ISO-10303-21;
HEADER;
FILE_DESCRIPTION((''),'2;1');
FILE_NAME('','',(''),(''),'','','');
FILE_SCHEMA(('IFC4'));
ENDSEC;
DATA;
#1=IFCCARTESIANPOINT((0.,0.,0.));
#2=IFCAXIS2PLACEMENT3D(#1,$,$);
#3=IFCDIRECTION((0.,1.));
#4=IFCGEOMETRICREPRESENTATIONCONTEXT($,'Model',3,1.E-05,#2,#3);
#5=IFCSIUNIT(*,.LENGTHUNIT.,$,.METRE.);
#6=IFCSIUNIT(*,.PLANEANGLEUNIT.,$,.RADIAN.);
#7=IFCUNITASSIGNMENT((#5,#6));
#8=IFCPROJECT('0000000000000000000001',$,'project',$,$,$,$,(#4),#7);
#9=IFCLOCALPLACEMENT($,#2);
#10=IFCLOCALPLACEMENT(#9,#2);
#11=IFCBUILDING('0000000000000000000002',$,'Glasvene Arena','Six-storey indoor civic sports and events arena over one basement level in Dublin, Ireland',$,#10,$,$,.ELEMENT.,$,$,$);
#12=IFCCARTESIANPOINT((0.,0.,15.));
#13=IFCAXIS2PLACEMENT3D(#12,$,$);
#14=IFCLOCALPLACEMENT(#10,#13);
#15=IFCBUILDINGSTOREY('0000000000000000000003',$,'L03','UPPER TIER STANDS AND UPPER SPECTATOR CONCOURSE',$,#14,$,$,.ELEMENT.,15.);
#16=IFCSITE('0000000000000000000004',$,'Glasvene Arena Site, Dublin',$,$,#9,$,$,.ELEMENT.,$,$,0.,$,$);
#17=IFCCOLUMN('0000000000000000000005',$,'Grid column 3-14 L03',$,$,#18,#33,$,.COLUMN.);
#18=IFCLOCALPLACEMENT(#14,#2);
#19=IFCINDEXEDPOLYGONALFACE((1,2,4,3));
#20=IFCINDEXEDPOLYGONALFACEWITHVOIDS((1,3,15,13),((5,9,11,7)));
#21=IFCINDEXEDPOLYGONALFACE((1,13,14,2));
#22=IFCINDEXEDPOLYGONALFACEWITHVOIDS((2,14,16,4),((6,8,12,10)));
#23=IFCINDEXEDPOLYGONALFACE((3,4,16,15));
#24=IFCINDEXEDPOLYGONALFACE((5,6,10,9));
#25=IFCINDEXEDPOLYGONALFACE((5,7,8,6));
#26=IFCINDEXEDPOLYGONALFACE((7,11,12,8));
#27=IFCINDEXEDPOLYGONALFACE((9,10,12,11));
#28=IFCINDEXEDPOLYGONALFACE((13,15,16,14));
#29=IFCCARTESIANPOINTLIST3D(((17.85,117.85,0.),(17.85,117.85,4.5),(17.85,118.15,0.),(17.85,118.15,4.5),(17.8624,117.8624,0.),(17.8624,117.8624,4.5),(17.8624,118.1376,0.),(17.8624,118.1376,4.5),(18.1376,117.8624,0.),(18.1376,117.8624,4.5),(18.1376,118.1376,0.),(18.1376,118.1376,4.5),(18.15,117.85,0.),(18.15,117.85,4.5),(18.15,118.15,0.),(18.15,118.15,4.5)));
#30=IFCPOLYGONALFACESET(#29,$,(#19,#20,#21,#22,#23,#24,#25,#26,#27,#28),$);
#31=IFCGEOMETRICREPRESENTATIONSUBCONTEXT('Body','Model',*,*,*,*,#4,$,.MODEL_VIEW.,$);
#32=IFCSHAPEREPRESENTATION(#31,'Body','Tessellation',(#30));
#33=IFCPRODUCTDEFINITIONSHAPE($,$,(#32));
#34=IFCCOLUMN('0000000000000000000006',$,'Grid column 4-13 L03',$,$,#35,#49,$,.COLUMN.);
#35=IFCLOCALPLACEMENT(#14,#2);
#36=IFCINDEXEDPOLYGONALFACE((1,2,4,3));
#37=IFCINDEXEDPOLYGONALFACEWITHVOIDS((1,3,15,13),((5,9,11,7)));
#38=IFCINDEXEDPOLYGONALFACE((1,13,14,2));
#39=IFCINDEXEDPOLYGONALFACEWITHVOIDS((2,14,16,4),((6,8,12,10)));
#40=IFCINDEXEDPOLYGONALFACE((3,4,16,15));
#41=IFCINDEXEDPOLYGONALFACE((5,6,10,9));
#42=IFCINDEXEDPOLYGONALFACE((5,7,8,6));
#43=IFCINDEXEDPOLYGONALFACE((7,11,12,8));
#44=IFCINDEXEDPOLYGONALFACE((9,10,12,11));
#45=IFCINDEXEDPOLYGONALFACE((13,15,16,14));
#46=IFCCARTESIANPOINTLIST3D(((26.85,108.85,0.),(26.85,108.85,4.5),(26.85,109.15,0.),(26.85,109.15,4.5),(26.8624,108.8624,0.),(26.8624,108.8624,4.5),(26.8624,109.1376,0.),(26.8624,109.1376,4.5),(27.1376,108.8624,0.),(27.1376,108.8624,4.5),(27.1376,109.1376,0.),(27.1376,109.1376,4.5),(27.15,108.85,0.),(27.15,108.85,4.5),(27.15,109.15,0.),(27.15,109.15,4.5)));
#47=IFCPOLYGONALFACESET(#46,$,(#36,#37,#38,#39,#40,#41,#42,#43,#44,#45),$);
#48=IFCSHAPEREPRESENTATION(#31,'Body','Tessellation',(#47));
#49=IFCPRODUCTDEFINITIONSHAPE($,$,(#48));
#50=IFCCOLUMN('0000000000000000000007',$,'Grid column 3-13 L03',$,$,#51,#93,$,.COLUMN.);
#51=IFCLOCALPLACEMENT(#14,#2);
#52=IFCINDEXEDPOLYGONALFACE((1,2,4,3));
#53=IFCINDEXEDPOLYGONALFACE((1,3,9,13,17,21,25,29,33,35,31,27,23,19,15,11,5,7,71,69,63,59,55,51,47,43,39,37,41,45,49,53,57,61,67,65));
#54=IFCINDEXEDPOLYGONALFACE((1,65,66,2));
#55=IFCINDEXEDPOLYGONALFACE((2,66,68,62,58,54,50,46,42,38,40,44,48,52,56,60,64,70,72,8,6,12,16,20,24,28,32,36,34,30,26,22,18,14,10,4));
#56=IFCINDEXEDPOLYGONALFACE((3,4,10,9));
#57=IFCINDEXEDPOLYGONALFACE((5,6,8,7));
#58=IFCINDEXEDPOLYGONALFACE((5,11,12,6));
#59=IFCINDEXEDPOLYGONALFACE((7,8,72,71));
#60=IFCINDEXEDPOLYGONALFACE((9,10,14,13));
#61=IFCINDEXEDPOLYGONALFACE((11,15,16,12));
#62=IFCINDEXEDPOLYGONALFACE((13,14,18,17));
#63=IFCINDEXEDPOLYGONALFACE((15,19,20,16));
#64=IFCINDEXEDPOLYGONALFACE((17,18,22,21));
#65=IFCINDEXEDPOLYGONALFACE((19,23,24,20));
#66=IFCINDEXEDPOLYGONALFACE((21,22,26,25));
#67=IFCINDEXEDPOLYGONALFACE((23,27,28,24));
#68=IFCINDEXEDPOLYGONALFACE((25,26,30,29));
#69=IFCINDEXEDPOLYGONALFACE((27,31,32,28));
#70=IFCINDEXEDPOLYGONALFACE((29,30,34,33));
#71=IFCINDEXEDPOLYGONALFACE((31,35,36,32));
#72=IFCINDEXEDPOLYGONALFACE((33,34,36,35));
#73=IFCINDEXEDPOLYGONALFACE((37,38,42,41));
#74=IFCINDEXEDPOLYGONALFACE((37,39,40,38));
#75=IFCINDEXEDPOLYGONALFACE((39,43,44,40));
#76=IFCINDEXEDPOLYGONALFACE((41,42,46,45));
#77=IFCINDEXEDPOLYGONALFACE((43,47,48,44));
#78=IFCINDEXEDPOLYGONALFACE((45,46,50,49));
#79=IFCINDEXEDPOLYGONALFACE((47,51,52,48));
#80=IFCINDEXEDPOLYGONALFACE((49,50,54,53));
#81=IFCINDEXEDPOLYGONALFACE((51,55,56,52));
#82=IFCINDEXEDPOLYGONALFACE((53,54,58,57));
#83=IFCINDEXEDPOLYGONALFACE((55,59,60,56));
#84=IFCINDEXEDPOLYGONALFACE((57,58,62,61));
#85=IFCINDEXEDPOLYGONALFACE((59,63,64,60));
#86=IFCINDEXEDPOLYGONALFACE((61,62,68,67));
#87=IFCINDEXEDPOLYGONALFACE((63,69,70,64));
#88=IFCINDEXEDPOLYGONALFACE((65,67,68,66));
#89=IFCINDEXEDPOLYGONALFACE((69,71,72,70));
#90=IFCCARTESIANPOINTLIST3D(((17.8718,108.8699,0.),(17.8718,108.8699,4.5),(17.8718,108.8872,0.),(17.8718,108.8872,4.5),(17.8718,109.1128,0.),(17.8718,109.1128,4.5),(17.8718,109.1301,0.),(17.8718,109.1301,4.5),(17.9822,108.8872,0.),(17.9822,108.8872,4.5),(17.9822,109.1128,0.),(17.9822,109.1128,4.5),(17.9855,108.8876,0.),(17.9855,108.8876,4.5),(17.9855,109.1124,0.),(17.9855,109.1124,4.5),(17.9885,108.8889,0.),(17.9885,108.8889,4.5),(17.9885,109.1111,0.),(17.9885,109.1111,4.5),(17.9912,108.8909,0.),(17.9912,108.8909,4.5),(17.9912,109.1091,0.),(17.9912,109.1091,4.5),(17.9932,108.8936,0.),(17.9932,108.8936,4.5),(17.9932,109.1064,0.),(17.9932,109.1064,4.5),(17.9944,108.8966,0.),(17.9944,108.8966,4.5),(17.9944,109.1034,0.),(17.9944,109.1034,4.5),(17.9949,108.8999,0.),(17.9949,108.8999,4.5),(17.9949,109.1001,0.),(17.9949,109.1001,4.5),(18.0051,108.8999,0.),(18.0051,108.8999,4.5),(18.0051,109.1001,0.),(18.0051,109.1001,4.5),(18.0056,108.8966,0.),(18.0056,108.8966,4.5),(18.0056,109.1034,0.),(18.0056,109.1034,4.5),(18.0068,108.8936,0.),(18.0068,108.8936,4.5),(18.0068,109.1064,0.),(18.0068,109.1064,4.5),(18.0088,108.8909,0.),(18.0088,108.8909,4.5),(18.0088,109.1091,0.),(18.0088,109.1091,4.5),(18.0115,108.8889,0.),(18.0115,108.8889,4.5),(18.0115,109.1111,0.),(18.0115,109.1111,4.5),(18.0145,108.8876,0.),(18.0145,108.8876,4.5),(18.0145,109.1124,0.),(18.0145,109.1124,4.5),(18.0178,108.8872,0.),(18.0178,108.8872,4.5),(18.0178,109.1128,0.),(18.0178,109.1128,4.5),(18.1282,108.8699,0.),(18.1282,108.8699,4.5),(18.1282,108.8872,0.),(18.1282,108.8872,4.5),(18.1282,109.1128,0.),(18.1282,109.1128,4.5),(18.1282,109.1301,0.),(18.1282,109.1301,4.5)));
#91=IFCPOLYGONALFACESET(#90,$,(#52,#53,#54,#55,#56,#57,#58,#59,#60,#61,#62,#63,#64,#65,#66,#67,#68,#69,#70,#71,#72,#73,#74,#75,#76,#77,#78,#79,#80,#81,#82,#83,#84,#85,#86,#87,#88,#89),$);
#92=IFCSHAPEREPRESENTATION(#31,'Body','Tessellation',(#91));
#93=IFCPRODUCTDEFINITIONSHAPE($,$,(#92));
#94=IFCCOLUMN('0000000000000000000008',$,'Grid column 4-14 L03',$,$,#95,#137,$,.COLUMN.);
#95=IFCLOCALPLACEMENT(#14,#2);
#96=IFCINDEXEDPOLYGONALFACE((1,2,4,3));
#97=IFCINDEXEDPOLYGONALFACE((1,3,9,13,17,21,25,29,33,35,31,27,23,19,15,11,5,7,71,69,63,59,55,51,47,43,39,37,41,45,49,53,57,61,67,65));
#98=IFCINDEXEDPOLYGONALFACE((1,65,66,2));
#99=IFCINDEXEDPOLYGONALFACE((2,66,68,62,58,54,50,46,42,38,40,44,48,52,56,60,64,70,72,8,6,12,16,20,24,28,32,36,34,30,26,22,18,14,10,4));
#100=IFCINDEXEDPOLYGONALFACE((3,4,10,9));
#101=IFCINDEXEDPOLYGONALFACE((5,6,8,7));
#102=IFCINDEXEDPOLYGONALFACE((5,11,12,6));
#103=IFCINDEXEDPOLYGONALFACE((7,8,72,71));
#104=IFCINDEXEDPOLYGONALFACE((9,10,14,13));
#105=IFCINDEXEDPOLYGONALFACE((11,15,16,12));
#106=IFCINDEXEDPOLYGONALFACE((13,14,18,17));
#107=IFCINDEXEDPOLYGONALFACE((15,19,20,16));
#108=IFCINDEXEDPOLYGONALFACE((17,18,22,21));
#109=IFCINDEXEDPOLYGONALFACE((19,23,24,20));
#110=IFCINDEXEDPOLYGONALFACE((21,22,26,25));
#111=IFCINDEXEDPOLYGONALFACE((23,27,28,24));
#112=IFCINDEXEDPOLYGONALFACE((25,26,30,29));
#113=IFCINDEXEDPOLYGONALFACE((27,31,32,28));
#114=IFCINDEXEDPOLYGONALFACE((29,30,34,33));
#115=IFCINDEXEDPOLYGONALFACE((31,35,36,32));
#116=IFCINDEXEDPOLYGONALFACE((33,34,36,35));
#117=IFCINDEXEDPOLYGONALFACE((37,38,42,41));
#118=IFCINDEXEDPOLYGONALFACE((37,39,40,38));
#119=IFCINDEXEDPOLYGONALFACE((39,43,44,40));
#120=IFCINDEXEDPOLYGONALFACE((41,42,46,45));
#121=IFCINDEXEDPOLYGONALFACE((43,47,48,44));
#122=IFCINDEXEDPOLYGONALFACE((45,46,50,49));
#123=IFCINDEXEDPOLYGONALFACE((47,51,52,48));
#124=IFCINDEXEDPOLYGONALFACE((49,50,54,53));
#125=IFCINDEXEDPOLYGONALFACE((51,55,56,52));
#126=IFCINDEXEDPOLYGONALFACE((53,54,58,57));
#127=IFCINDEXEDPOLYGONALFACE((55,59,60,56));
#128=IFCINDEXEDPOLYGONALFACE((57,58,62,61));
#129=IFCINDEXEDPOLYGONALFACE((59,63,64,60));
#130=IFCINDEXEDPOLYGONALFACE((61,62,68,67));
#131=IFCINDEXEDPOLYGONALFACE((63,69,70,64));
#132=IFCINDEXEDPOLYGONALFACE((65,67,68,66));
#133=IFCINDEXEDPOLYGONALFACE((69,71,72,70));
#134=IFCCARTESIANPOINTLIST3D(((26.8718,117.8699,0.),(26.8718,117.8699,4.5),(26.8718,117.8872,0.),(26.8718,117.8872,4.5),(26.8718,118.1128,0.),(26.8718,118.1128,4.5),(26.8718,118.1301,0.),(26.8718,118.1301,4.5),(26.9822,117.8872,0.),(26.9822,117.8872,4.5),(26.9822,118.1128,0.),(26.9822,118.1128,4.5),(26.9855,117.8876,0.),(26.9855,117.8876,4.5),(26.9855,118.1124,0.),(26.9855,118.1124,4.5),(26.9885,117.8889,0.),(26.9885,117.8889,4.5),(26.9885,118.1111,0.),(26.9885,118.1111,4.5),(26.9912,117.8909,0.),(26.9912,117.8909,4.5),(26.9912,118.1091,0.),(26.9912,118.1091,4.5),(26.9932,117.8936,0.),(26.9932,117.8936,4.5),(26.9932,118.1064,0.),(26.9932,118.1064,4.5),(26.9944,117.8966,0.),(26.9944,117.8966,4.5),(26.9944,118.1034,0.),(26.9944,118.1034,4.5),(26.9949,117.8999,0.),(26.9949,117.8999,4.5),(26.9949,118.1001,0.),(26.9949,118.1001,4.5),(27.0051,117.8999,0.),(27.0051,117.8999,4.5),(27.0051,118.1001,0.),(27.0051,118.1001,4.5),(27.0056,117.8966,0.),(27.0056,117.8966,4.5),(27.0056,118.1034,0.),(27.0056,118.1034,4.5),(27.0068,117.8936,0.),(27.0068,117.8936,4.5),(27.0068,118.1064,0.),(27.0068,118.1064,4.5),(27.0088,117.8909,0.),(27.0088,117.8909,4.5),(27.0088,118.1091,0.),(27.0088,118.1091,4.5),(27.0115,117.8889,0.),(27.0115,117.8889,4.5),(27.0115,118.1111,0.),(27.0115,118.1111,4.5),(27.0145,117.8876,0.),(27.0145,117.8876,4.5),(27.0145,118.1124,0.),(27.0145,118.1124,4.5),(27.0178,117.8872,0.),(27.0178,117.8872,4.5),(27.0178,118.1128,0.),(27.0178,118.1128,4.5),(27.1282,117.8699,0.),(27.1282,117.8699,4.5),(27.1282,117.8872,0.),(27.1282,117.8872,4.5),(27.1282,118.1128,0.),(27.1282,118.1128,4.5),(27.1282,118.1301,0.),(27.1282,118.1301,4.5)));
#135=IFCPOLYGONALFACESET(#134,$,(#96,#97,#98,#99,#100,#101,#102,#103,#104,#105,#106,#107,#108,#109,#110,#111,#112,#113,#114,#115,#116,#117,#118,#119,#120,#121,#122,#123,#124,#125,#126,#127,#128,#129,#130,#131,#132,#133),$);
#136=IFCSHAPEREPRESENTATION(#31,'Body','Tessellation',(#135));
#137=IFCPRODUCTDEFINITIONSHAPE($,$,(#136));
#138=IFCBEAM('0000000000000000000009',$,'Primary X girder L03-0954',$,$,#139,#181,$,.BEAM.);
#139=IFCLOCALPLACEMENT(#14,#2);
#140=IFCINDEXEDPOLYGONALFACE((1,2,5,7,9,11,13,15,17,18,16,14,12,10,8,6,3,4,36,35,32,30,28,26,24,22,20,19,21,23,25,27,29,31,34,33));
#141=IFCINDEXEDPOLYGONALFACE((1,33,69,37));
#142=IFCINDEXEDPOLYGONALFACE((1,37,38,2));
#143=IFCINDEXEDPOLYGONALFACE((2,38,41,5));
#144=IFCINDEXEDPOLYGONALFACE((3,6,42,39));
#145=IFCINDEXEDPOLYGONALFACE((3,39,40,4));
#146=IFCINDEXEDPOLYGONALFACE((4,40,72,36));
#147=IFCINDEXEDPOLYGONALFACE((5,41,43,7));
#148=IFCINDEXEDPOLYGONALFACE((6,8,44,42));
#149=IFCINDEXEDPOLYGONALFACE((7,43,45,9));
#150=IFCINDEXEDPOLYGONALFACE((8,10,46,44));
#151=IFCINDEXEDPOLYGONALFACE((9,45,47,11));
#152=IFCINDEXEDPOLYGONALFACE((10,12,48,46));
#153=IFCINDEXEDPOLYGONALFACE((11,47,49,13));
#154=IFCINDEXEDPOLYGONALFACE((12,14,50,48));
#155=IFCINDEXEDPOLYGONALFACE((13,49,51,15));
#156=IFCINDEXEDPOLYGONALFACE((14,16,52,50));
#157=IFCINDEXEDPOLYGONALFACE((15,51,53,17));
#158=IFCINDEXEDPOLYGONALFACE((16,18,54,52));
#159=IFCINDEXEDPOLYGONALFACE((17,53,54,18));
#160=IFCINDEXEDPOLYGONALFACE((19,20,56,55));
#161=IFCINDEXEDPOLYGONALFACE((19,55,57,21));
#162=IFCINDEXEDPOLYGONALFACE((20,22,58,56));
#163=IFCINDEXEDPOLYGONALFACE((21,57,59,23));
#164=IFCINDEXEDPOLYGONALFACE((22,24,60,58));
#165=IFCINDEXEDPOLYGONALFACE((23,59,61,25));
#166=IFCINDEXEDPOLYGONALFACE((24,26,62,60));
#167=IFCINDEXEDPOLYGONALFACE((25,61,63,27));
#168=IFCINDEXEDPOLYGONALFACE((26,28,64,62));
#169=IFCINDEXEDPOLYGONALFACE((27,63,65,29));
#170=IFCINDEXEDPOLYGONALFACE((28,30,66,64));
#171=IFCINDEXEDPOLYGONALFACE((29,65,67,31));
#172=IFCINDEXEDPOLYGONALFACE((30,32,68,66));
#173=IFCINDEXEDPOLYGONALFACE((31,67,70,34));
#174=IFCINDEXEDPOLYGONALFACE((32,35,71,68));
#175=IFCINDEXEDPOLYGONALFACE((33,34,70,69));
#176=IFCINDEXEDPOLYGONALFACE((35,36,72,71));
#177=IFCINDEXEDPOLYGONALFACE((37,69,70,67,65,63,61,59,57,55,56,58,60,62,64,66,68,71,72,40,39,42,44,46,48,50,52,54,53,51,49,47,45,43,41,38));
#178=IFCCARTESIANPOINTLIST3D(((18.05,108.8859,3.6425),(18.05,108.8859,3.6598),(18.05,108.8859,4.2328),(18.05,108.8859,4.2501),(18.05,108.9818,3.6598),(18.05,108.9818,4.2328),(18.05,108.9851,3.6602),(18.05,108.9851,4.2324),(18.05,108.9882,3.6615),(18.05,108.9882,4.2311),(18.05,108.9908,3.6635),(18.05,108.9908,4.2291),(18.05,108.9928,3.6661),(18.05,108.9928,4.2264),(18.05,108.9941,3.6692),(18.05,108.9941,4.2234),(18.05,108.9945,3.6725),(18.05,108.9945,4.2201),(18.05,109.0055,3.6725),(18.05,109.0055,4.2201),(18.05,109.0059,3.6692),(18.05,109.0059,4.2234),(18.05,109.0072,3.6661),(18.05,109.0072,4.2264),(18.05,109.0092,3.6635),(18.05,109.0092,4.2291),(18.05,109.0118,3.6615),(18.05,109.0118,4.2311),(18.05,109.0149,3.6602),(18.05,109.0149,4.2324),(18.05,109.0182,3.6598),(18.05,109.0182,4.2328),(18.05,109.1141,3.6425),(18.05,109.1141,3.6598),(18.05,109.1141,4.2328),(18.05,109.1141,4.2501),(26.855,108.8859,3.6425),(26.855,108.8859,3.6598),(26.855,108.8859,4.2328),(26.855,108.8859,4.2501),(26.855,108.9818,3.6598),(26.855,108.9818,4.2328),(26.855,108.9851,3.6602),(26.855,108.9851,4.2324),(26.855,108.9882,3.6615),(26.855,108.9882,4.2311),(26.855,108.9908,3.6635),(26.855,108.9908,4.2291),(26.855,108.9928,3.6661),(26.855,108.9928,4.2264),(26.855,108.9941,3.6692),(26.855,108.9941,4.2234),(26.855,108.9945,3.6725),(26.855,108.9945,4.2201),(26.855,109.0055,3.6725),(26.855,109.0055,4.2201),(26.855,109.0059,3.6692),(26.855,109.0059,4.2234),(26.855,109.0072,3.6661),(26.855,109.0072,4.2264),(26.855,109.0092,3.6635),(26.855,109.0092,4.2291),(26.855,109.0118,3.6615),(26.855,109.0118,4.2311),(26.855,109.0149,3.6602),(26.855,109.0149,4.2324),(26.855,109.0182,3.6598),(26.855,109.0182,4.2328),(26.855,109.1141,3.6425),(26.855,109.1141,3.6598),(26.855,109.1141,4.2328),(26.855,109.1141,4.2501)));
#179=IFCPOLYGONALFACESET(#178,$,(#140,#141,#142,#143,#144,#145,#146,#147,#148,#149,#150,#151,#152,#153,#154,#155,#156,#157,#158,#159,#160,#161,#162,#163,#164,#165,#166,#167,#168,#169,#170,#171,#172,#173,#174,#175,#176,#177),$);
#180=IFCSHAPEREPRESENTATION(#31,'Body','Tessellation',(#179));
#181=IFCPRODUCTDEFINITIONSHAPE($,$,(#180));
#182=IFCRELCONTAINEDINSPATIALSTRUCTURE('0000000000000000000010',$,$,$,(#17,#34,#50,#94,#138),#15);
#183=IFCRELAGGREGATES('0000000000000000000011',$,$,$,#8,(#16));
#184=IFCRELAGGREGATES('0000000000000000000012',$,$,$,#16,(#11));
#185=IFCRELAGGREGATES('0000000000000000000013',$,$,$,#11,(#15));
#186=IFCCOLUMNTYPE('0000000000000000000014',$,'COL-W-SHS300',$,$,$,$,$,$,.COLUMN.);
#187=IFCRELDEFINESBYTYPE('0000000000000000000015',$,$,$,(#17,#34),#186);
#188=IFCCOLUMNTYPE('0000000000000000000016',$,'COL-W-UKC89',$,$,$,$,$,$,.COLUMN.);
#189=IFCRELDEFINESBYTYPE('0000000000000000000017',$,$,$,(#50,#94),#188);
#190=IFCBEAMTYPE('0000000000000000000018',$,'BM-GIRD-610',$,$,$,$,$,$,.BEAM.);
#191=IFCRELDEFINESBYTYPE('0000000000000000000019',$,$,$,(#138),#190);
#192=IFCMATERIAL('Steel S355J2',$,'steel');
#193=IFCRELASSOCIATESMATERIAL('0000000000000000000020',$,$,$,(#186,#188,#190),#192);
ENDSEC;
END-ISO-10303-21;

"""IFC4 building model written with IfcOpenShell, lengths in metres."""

from ifc_helpers import new_model, si_unit, direction, frame, origin, origin_2d, place, context, subcontext, project, spatial, hollow_rectangle, i_section, extrude, material, material_profile, profile_set, type_object, element, save


model = new_model("IFC4")

# Units and contexts
model_context = context("Model", 3, precision=1e-05, world=origin(), true_north=direction((0.0, 1.0)))
body_context = subcontext(model_context, "Body", "Model", "MODEL_VIEW")
ifc_project = project(units=[si_unit("LENGTHUNIT", "METRE"), si_unit("PLANEANGLEUNIT", "RADIAN")], contexts=[model_context])

# Site, building, storey
site_placement = place(None, origin())
site = spatial("IfcSite", under=ifc_project, at=site_placement, Name="Glasvene Arena Site, Dublin", CompositionType="ELEMENT", RefElevation=0.0)
building_placement = place(site_placement, origin())
building = spatial("IfcBuilding", under=site, at=building_placement, Name="Glasvene Arena", Description="Six-storey indoor civic sports and events arena over one basement level in Dublin, Ireland", CompositionType="ELEMENT")
storey_placement = place(building_placement, frame((0.0, 0.0, 15.0)))
storey = spatial("IfcBuildingStorey", under=building, at=storey_placement, Name="L03", Description="UPPER TIER STANDS AND UPPER SPECTATOR CONCOURSE", CompositionType="ELEMENT", Elevation=15.0)

# Columns
ifc_material_1 = material(Name="Steel S355J2", Category="steel")
ifc_material_profile_1 = material_profile(ifc_material_1, hollow_rectangle(XDim=0.3, YDim=0.3, WallThickness=0.0125, at=origin_2d()), Name="SHS 300x300x12.5")
ifc_profile_set_1 = profile_set([ifc_material_profile_1], Name="Steel S355J2")
column_type_1 = type_object("IfcColumnType", Name="COL-W-SHS300", PredefinedType="COLUMN", material=ifc_profile_set_1)
for number, where, z_axis, x_axis, name in (
    (1, (18.0, 118.0, 0.0), (0.0, 0.0, 1.0), (1.0, 0.0, 0.0), "Grid column 3-14 L03"),
    (2, (27.0, 109.0, 0.0), (0.0, 0.0, 1.0), (1.0, 0.0, 0.0), "Grid column 4-13 L03"),
):
    element("IfcColumn", number, at=place(storey_placement, frame(where, z_axis=z_axis, x_axis=x_axis)), inside=storey, type_object=column_type_1, Name=name, PredefinedType="COLUMN", context=body_context, shape_type="SweptSolid", body=[
        extrude(hollow_rectangle(XDim=0.3, YDim=0.3, WallThickness=0.0125, at=origin_2d()), origin(), (0.0, 0.0, 1.0), 4.5),
    ])
ifc_material_profile_2 = material_profile(ifc_material_1, i_section(OverallWidth=0.2563, OverallDepth=0.2603, WebThickness=0.0103, FlangeThickness=0.0173, FilletRadius=0.0127, at=origin_2d()), Name="UKC 254x254x89")
ifc_profile_set_2 = profile_set([ifc_material_profile_2], Name="Steel S355J2")
column_type_2 = type_object("IfcColumnType", Name="COL-W-UKC89", PredefinedType="COLUMN", material=ifc_profile_set_2)
for number, where, z_axis, x_axis, name in (
    (3, (18.0, 109.0, 0.0), (0.0, 0.0, 1.0), (1.0, 0.0, 0.0), "Grid column 3-13 L03"),
    (4, (27.0, 118.0, 0.0), (0.0, 0.0, 1.0), (1.0, 0.0, 0.0), "Grid column 4-14 L03"),
):
    element("IfcColumn", number, at=place(storey_placement, frame(where, z_axis=z_axis, x_axis=x_axis)), inside=storey, type_object=column_type_2, Name=name, PredefinedType="COLUMN", context=body_context, shape_type="SweptSolid", body=[
        extrude(i_section(OverallWidth=0.2563, OverallDepth=0.2603, WebThickness=0.0103, FlangeThickness=0.0173, FilletRadius=0.0127, at=origin_2d()), origin(), (0.0, 0.0, 1.0), 4.5),
    ])

# Beam
ifc_material_profile_3 = material_profile(ifc_material_1, i_section(OverallWidth=0.2283, OverallDepth=0.6077, WebThickness=0.011, FlangeThickness=0.0173, FilletRadius=0.0127, at=origin_2d()), Name="UKB 610x229x113")
ifc_profile_set_3 = profile_set([ifc_material_profile_3], Name="Steel S355J2")
beam_type_1 = type_object("IfcBeamType", Name="BM-GIRD-610", PredefinedType="BEAM", material=ifc_profile_set_3)
for number, where, z_axis, x_axis, name in (
    (5, (18.05, 109.0, 3.9463), (1.0, 0.0, 0.0), (0.0, 1.0, 0.0), "Primary X girder L03-0954"),
):
    element("IfcBeam", number, at=place(storey_placement, frame(where, z_axis=z_axis, x_axis=x_axis)), inside=storey, type_object=beam_type_1, Name=name, PredefinedType="BEAM", context=body_context, shape_type="SweptSolid", body=[
        extrude(i_section(OverallWidth=0.2283, OverallDepth=0.6077, WebThickness=0.011, FlangeThickness=0.0173, FilletRadius=0.0127, at=origin_2d()), origin(), (0.0, 0.0, 1.0), 8.8049),
    ])

save(model, "model.ifc")
